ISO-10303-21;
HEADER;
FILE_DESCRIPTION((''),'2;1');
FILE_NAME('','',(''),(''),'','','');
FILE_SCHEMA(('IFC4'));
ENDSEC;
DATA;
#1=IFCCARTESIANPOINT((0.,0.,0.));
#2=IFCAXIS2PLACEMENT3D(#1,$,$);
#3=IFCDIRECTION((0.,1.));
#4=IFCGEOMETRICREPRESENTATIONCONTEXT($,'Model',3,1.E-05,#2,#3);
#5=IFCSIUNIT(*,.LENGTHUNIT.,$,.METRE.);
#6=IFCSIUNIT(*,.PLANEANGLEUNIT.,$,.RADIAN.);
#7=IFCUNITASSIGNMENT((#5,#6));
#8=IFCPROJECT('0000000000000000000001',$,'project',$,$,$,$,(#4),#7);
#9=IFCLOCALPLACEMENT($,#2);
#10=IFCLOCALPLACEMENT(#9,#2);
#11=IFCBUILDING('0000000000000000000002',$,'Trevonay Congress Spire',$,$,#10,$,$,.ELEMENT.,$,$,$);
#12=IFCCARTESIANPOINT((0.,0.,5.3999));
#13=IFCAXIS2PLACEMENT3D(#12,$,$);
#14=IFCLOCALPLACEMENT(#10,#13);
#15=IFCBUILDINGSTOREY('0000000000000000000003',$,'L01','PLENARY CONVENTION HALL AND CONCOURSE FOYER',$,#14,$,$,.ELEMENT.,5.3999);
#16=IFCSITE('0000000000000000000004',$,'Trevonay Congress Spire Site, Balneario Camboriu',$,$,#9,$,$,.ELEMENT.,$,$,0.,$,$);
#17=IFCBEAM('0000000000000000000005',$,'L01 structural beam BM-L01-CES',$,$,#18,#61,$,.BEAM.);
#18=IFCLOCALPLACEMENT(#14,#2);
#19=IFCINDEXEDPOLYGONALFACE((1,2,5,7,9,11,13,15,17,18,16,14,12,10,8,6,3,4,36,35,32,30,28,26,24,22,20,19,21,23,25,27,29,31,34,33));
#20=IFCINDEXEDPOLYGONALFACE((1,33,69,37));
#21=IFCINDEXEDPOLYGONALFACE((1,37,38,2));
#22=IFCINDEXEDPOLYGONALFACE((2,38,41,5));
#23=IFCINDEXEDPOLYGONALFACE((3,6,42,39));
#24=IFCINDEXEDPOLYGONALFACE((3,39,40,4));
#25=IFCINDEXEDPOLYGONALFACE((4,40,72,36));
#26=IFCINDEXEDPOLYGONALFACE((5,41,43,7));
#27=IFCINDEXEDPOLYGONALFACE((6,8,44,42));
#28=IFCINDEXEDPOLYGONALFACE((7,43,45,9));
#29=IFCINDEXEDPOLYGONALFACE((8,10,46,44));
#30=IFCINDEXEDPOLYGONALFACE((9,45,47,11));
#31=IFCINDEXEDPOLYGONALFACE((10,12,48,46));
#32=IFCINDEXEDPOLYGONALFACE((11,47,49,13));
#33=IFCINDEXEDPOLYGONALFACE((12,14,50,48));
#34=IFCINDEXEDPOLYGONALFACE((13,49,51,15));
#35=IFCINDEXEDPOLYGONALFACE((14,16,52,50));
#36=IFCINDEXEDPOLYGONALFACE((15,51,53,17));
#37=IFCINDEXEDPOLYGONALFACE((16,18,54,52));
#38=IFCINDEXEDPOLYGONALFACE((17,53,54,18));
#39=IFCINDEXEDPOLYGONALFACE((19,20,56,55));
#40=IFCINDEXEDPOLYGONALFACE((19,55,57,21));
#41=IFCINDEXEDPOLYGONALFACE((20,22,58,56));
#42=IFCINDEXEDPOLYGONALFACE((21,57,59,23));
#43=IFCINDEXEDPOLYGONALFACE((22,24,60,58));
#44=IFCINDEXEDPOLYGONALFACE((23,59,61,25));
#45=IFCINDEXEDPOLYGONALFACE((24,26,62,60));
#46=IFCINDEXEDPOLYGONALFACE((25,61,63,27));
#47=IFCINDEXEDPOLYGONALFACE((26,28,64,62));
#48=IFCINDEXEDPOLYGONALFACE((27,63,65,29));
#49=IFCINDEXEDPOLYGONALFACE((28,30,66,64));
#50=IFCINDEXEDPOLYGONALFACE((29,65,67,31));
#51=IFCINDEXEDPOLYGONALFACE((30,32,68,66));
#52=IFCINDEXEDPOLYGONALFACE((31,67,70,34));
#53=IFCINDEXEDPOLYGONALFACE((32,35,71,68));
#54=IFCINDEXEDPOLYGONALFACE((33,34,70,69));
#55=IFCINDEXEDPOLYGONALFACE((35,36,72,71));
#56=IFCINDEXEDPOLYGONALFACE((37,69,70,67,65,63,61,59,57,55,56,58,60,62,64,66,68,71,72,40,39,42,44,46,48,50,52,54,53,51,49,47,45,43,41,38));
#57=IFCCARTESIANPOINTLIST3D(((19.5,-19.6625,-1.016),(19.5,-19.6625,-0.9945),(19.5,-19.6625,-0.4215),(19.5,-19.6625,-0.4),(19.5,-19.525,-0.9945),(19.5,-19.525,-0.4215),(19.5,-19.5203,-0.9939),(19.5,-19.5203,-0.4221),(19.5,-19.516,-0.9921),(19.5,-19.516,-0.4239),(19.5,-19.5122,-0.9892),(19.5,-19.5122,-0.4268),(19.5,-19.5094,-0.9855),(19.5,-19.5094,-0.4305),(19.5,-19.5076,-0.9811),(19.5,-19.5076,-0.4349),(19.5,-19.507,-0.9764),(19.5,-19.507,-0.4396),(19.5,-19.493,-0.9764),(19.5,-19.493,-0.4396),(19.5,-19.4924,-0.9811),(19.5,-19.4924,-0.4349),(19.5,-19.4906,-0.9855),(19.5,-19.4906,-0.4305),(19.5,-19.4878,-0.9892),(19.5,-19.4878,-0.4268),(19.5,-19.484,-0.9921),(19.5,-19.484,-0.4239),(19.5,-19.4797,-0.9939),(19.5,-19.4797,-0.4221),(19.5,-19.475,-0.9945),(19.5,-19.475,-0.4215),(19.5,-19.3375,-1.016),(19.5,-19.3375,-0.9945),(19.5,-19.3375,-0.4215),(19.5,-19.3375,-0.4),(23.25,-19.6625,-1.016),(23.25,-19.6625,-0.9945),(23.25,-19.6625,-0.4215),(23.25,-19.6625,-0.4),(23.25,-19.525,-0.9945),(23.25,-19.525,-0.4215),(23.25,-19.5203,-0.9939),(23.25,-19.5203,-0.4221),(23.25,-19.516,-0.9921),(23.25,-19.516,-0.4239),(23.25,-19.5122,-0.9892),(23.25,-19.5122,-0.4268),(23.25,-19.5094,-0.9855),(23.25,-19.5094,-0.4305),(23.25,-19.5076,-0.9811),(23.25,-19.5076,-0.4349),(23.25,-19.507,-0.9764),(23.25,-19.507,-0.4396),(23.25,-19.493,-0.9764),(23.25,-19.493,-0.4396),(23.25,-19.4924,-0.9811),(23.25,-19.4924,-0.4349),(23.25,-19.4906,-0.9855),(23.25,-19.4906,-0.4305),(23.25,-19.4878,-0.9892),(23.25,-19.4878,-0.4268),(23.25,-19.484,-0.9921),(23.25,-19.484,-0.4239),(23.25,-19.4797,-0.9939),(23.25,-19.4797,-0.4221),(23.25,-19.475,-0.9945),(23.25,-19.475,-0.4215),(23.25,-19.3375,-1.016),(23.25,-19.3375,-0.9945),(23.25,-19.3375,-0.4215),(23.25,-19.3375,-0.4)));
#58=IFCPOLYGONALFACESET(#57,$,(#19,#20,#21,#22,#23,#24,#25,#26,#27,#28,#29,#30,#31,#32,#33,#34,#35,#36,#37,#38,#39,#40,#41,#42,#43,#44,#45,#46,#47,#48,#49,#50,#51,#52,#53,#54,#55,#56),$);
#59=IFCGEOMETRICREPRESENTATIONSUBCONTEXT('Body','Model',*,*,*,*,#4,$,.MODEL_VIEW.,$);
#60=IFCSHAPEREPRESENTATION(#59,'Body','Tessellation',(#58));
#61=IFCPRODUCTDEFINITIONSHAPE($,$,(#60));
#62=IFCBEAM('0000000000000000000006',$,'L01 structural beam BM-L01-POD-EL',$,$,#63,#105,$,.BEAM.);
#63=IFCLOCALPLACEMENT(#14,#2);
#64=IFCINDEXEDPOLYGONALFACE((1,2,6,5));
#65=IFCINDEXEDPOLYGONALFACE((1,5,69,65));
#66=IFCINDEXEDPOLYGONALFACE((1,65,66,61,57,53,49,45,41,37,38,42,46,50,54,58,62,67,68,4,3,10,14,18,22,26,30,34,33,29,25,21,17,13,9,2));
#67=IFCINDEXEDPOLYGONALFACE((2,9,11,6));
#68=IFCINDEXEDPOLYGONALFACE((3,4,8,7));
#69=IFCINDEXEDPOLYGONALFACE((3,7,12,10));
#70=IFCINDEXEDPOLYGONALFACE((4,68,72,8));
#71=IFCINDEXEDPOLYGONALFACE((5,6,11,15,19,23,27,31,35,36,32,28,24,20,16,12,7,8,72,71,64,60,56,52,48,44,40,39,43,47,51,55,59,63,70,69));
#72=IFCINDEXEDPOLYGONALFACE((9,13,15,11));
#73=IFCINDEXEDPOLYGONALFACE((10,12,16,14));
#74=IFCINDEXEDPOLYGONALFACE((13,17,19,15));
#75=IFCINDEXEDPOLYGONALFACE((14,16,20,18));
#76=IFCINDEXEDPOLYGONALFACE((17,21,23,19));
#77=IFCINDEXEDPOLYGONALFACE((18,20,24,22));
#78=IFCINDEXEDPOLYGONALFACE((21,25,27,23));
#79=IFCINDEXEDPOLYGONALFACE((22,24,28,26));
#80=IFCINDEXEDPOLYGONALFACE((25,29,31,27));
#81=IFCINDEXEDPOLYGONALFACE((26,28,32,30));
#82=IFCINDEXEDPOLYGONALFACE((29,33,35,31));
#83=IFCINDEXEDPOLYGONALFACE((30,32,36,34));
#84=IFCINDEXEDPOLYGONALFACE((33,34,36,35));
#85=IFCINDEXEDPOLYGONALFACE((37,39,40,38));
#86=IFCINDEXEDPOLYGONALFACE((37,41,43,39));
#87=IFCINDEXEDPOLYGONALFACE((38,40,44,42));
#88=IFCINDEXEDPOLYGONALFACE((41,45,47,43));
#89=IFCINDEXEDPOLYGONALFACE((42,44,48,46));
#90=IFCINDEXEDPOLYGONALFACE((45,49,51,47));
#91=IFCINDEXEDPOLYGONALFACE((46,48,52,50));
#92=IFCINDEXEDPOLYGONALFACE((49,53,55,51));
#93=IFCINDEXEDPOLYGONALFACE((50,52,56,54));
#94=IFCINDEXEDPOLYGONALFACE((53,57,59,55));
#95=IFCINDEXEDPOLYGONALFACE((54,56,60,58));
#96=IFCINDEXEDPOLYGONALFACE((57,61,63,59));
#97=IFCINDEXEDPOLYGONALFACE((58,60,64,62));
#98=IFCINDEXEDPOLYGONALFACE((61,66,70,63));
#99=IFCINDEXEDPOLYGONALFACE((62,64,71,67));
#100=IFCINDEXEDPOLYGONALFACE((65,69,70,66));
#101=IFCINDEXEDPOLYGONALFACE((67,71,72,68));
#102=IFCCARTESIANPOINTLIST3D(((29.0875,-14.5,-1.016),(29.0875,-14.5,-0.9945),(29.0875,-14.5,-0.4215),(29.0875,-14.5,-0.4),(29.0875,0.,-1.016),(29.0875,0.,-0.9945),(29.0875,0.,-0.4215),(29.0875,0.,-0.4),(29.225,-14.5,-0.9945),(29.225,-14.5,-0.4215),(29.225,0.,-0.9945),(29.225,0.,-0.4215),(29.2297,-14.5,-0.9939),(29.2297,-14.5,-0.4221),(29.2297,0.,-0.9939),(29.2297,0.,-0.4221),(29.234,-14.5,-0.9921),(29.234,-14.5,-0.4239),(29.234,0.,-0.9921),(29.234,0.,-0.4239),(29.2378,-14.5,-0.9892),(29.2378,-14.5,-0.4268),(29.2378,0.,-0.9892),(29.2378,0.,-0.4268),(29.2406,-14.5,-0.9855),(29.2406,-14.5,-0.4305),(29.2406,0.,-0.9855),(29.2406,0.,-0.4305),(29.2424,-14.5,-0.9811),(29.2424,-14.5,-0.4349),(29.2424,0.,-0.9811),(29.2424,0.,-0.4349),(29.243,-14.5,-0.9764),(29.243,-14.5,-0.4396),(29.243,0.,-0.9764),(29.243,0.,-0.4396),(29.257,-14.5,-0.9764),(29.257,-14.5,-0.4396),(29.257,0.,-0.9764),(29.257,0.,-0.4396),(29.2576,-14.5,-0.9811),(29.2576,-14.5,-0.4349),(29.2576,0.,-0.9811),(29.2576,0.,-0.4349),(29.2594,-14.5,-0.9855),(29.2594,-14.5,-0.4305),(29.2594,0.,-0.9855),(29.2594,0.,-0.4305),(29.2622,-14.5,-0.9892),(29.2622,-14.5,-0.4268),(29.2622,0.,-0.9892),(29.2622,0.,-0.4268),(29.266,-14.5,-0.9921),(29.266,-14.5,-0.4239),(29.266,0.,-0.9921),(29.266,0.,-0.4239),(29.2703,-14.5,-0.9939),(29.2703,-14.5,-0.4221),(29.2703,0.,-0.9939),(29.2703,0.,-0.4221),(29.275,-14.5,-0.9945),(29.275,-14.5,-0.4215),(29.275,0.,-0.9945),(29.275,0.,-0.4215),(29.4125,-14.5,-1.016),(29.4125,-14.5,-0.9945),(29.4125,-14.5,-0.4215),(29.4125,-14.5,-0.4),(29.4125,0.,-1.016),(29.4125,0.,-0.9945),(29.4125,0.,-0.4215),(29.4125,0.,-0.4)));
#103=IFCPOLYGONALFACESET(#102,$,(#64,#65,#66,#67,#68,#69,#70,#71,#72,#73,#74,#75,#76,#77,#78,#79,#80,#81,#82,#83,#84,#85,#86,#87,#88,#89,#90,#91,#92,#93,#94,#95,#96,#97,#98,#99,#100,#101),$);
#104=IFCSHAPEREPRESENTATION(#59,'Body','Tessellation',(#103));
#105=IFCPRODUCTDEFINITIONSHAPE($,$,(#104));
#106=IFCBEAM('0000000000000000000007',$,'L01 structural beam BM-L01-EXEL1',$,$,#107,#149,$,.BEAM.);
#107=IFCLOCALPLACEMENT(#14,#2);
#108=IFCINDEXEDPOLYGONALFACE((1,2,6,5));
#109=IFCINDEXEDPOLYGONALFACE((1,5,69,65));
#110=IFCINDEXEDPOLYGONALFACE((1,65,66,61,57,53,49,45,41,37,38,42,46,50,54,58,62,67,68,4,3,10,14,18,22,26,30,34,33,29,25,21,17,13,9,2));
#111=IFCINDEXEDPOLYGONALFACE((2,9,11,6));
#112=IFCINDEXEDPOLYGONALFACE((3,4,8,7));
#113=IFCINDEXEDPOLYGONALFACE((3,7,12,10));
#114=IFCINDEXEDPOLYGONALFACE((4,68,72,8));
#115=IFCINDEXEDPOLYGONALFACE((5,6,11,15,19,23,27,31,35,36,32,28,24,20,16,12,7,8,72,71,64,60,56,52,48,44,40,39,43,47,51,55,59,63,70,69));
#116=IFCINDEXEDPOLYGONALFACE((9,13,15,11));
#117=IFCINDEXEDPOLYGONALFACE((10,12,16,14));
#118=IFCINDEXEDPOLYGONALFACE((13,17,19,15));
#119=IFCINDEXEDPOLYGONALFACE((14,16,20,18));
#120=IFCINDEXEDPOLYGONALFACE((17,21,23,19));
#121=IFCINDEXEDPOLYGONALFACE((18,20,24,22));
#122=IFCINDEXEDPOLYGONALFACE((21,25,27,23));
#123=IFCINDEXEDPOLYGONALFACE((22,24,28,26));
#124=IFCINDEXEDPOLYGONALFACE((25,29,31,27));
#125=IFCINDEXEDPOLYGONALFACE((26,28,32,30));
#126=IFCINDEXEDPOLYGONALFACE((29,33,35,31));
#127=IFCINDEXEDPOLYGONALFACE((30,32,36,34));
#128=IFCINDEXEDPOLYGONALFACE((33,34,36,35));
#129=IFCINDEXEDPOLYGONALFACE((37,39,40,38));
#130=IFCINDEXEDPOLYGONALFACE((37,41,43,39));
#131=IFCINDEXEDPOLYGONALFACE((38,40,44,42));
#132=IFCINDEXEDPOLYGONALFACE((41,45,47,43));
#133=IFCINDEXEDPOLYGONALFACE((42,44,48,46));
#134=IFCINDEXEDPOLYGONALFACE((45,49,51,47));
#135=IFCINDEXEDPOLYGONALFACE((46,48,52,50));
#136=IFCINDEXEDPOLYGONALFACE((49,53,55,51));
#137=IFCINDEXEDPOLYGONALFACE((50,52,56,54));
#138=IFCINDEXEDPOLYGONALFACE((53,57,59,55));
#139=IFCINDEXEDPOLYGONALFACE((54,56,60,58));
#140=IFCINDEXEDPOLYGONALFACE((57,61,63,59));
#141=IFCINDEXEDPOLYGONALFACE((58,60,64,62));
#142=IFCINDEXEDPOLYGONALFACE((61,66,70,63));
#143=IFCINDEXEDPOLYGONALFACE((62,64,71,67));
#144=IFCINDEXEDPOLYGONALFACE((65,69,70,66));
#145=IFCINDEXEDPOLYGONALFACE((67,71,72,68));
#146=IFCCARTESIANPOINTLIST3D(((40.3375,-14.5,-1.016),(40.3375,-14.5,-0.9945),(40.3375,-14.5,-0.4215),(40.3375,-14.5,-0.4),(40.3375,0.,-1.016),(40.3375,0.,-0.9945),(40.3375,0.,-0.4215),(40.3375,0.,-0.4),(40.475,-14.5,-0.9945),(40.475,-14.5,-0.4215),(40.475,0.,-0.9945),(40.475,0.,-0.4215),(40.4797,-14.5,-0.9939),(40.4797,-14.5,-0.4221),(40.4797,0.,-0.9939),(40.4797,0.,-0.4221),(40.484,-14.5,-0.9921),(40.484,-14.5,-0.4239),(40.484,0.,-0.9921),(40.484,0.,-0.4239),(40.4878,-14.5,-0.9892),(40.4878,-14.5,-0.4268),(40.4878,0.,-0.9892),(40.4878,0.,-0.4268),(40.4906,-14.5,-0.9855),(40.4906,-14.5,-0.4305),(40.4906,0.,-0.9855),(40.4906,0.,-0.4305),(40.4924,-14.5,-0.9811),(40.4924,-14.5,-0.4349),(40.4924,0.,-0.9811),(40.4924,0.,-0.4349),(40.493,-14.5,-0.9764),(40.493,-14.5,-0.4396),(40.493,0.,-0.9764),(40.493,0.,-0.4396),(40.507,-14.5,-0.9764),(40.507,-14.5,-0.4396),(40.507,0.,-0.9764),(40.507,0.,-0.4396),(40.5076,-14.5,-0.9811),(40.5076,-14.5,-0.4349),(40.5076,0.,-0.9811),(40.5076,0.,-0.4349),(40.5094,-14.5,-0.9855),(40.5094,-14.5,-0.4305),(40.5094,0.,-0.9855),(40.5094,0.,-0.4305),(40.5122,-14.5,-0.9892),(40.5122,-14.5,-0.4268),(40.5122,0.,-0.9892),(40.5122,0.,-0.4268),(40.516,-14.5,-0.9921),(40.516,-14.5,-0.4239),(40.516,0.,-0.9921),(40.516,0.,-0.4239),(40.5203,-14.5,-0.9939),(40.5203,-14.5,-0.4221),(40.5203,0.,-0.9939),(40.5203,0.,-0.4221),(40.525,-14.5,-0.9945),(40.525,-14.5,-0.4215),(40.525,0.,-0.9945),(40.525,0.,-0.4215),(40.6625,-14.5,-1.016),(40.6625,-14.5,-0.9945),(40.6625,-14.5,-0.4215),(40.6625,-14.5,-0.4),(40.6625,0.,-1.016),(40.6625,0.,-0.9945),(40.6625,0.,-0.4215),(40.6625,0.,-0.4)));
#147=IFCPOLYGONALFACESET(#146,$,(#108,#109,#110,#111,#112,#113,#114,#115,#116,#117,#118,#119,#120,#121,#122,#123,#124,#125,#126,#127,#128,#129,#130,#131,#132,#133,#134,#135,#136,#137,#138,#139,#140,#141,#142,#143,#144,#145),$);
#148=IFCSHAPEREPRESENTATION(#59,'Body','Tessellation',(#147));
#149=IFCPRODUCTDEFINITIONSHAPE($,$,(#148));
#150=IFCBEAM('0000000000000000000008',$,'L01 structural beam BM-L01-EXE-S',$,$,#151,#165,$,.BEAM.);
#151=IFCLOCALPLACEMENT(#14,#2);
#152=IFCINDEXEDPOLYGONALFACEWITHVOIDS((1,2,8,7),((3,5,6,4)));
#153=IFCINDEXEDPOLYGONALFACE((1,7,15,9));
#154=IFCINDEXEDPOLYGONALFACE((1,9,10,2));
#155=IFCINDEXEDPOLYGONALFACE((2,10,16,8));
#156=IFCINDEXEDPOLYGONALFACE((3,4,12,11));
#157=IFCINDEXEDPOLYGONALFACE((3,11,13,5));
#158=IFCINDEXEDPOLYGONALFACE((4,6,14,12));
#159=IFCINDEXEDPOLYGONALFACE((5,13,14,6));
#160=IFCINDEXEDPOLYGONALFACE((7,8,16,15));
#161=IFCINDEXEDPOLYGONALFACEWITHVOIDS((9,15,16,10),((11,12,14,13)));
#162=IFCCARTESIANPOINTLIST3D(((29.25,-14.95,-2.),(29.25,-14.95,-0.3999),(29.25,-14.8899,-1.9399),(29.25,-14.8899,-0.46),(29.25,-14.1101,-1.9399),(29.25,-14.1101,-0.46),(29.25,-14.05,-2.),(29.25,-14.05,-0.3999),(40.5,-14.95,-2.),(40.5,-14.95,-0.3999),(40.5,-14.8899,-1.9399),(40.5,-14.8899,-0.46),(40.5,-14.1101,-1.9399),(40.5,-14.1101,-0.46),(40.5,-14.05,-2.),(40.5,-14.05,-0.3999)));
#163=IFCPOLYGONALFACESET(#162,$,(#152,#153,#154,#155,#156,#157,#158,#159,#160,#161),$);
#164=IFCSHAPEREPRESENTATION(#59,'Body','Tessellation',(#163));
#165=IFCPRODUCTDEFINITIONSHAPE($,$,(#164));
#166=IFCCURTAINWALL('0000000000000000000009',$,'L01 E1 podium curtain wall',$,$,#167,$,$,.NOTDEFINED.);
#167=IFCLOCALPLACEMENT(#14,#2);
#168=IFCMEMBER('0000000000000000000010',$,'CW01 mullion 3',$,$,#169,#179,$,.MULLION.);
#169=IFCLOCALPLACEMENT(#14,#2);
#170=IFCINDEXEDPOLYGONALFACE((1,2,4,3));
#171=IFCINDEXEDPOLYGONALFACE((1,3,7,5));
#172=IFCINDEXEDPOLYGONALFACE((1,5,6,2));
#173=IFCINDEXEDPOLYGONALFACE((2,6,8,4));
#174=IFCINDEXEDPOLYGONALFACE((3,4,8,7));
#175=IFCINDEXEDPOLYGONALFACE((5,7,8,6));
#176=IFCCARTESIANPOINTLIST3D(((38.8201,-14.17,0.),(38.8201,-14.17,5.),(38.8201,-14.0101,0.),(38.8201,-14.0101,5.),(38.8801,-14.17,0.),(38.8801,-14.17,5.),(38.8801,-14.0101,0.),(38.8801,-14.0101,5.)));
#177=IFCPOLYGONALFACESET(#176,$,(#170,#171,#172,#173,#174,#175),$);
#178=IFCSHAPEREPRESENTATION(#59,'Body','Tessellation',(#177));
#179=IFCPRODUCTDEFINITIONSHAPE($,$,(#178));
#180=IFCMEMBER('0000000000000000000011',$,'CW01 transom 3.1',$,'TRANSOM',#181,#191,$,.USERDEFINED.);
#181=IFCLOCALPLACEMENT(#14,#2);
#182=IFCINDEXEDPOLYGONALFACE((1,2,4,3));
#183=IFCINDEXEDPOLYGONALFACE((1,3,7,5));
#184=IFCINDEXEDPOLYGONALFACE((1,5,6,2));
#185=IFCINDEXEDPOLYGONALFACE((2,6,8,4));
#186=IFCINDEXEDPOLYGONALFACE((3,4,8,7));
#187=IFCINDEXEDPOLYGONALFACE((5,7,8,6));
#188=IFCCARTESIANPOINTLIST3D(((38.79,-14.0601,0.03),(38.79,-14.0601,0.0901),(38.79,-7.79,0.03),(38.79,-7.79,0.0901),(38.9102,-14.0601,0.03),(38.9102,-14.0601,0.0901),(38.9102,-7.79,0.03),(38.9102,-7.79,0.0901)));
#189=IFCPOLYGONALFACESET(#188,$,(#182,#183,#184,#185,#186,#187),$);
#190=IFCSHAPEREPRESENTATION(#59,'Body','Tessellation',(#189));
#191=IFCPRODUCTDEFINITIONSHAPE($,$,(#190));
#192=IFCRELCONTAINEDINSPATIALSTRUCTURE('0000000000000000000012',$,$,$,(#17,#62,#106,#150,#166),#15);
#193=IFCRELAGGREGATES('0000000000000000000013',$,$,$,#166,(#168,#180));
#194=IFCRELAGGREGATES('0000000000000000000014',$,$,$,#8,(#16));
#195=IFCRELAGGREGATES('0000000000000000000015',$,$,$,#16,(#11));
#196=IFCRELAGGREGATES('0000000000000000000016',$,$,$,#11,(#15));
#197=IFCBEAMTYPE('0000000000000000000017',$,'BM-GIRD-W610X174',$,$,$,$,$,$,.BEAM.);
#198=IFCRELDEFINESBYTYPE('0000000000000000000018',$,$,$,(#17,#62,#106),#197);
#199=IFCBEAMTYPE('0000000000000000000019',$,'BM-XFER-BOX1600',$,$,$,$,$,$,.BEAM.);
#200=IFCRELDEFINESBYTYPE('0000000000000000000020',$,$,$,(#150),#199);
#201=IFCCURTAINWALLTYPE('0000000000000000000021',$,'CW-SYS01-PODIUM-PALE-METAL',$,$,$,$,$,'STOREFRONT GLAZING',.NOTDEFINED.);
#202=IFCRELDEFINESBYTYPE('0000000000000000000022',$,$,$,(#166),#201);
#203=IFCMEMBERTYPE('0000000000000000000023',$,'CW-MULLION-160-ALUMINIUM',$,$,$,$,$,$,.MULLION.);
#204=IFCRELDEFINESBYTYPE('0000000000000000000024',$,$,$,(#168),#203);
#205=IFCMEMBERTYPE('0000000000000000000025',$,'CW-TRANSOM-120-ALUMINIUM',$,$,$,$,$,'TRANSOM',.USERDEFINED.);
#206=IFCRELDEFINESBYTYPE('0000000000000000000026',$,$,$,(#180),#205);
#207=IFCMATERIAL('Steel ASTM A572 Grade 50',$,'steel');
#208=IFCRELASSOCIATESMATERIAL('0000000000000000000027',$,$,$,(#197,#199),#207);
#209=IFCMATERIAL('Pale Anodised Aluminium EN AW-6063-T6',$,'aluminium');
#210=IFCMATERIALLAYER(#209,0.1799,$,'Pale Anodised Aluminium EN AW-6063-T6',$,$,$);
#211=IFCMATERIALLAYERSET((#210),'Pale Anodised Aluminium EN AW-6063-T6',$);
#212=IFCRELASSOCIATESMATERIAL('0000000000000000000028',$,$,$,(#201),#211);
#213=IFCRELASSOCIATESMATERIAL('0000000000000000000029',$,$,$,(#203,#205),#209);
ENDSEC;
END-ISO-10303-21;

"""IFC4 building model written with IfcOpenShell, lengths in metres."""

from ifc_helpers import new_model, si_unit, direction, frame, origin, origin_2d, place, context, subcontext, project, spatial, rectangle, hollow_rectangle, i_section, extrude, material, layer, layer_set, material_profile, profile_set, type_object, element, aggregate, save


model = new_model("IFC4")

# Units and contexts
model_context = context("Model", 3, precision=1e-05, world=origin(), true_north=direction((0.0, 1.0)))
body_context = subcontext(model_context, "Body", "Model", "MODEL_VIEW")
ifc_project = project(units=[si_unit("LENGTHUNIT", "METRE"), si_unit("PLANEANGLEUNIT", "RADIAN")], contexts=[model_context])

# Site, building, storey
site_placement = place(None, origin())
site = spatial("IfcSite", under=ifc_project, at=site_placement, Name="Trevonay Congress Spire Site, Balneario Camboriu", CompositionType="ELEMENT", RefElevation=0.0)
building_placement = place(site_placement, origin())
building = spatial("IfcBuilding", under=site, at=building_placement, Name="Trevonay Congress Spire", CompositionType="ELEMENT")
storey_placement = place(building_placement, frame((0.0, 0.0, 5.3999)))
storey = spatial("IfcBuildingStorey", under=building, at=storey_placement, Name="L01", Description="PLENARY CONVENTION HALL AND CONCOURSE FOYER", CompositionType="ELEMENT", Elevation=5.3999)

# Shared definitions
ifc_material_1 = material(Name="Steel ASTM A572 Grade 50", Category="steel")

# Beams
ifc_material_profile_1 = material_profile(ifc_material_1, i_section(OverallWidth=0.325, OverallDepth=0.616, WebThickness=0.0139, FlangeThickness=0.0215, FilletRadius=0.0181, at=origin_2d()), Name="W610x174")
ifc_profile_set_1 = profile_set([ifc_material_profile_1], Name="Steel ASTM A572 Grade 50")
beam_type_1 = type_object("IfcBeamType", Name="BM-GIRD-W610X174", PredefinedType="BEAM", material=ifc_profile_set_1)
beam_1_placement = place(storey_placement, frame((23.25, -19.5, -0.708), z_axis=(-1.0, 0.0, 0.0), x_axis=(0.0, -1.0, 0.0)))
element("IfcBeam", 1, at=beam_1_placement, inside=storey, type_object=beam_type_1, Name="L01 structural beam BM-L01-CES", PredefinedType="BEAM", context=body_context, shape_type="SweptSolid", body=[
    extrude(i_section(OverallWidth=0.325, OverallDepth=0.616, WebThickness=0.0139, FlangeThickness=0.0215, FilletRadius=0.0181, at=origin_2d()), origin(), (0.0, 0.0, 1.0), 3.75),
])
for number, where, z_axis, x_axis, name in (
    (2, (29.25, -14.5, -0.708), (0.0, 1.0, 0.0), (-1.0, 0.0, 0.0), "L01 structural beam BM-L01-POD-EL"),
    (3, (40.5, -14.5, -0.708), (0.0, 1.0, 0.0), (-1.0, 0.0, 0.0), "L01 structural beam BM-L01-EXEL1"),
):
    element("IfcBeam", number, at=place(storey_placement, frame(where, z_axis=z_axis, x_axis=x_axis)), inside=storey, type_object=beam_type_1, Name=name, PredefinedType="BEAM", context=body_context, shape_type="SweptSolid", body=[
        extrude(i_section(OverallWidth=0.325, OverallDepth=0.616, WebThickness=0.0139, FlangeThickness=0.0215, FilletRadius=0.0181, at=origin_2d()), origin(), (0.0, 0.0, 1.0), 14.5),
    ])
ifc_material_profile_2 = material_profile(ifc_material_1, hollow_rectangle(XDim=0.8999, YDim=1.6001, WallThickness=0.0601, at=origin_2d()), Name="BOX 1600x900x60")
ifc_profile_set_2 = profile_set([ifc_material_profile_2], Name="Steel ASTM A572 Grade 50")
beam_type_2 = type_object("IfcBeamType", Name="BM-XFER-BOX1600", PredefinedType="BEAM", material=ifc_profile_set_2)
beam_2_placement = place(storey_placement, frame((29.25, -14.5, -1.2), z_axis=(1.0, 0.0, 0.0), x_axis=(0.0, 1.0, 0.0)))
element("IfcBeam", 4, at=beam_2_placement, inside=storey, type_object=beam_type_2, Name="L01 structural beam BM-L01-EXE-S", PredefinedType="BEAM", context=body_context, shape_type="SweptSolid", body=[
    extrude(hollow_rectangle(XDim=0.8999, YDim=1.6001, WallThickness=0.0601, at=origin_2d()), origin(), (0.0, 0.0, 1.0), 11.25),
])

# Curtain wall, members
ifc_material_2 = material(Name="Pale Anodised Aluminium EN AW-6063-T6", Category="aluminium")
ifc_layer_1 = layer(ifc_material_2, 0.1799, Name="Pale Anodised Aluminium EN AW-6063-T6")
ifc_layer_set_1 = layer_set([ifc_layer_1], Name="Pale Anodised Aluminium EN AW-6063-T6")
curtain_wall_type = type_object("IfcCurtainWallType", Name="CW-SYS01-PODIUM-PALE-METAL", ElementType="STOREFRONT GLAZING", PredefinedType="NOTDEFINED", material=ifc_layer_set_1)
curtain_wall_placement = place(storey_placement, origin())
curtain_wall = element("IfcCurtainWall", 5, at=curtain_wall_placement, inside=storey, type_object=curtain_wall_type, Name="L01 E1 podium curtain wall", PredefinedType="NOTDEFINED")
ifc_material_profile_3 = material_profile(ifc_material_2, rectangle(XDim=0.0601, YDim=0.1599, at=origin_2d()), Name="CW-MULLION-160-ALUMINIUM")
ifc_profile_set_3 = profile_set([ifc_material_profile_3], Name="Pale Anodised Aluminium EN AW-6063-T6")
member_type_1 = type_object("IfcMemberType", Name="CW-MULLION-160-ALUMINIUM", PredefinedType="MULLION", material=ifc_profile_set_3)
member_1_placement = place(storey_placement, frame((38.8501, -14.0901, 0.0), z_axis=(0.0, 0.0, 1.0), x_axis=(-1.0, 0.0, 0.0)))
member_1 = element("IfcMember", 6, at=member_1_placement, type_object=member_type_1, Name="CW01 mullion 3", PredefinedType="MULLION", context=body_context, shape_type="SweptSolid", body=[
    extrude(rectangle(XDim=0.0601, YDim=0.1599, at=origin_2d()), origin(), (0.0, 0.0, 1.0), 5.0),
])
ifc_material_profile_4 = material_profile(ifc_material_2, rectangle(XDim=0.1201, YDim=0.0601, at=origin_2d()), Name="CW-TRANSOM-120-ALUMINIUM")
ifc_profile_set_4 = profile_set([ifc_material_profile_4], Name="Pale Anodised Aluminium EN AW-6063-T6")
member_type_2 = type_object("IfcMemberType", Name="CW-TRANSOM-120-ALUMINIUM", ElementType="TRANSOM", PredefinedType="USERDEFINED", material=ifc_profile_set_4)
member_2_placement = place(storey_placement, frame((38.8501, -14.0601, 0.0601), z_axis=(0.0, 1.0, 0.0), x_axis=(-1.0, 0.0, 0.0)))
member_2 = element("IfcMember", 7, at=member_2_placement, type_object=member_type_2, Name="CW01 transom 3.1", ObjectType="TRANSOM", PredefinedType="USERDEFINED", context=body_context, shape_type="SweptSolid", body=[
    extrude(rectangle(XDim=0.1201, YDim=0.0601, at=origin_2d()), origin(), (0.0, 0.0, 1.0), 6.27),
])
aggregate(curtain_wall, [member_1, member_2])

save(model, "model.ifc")
